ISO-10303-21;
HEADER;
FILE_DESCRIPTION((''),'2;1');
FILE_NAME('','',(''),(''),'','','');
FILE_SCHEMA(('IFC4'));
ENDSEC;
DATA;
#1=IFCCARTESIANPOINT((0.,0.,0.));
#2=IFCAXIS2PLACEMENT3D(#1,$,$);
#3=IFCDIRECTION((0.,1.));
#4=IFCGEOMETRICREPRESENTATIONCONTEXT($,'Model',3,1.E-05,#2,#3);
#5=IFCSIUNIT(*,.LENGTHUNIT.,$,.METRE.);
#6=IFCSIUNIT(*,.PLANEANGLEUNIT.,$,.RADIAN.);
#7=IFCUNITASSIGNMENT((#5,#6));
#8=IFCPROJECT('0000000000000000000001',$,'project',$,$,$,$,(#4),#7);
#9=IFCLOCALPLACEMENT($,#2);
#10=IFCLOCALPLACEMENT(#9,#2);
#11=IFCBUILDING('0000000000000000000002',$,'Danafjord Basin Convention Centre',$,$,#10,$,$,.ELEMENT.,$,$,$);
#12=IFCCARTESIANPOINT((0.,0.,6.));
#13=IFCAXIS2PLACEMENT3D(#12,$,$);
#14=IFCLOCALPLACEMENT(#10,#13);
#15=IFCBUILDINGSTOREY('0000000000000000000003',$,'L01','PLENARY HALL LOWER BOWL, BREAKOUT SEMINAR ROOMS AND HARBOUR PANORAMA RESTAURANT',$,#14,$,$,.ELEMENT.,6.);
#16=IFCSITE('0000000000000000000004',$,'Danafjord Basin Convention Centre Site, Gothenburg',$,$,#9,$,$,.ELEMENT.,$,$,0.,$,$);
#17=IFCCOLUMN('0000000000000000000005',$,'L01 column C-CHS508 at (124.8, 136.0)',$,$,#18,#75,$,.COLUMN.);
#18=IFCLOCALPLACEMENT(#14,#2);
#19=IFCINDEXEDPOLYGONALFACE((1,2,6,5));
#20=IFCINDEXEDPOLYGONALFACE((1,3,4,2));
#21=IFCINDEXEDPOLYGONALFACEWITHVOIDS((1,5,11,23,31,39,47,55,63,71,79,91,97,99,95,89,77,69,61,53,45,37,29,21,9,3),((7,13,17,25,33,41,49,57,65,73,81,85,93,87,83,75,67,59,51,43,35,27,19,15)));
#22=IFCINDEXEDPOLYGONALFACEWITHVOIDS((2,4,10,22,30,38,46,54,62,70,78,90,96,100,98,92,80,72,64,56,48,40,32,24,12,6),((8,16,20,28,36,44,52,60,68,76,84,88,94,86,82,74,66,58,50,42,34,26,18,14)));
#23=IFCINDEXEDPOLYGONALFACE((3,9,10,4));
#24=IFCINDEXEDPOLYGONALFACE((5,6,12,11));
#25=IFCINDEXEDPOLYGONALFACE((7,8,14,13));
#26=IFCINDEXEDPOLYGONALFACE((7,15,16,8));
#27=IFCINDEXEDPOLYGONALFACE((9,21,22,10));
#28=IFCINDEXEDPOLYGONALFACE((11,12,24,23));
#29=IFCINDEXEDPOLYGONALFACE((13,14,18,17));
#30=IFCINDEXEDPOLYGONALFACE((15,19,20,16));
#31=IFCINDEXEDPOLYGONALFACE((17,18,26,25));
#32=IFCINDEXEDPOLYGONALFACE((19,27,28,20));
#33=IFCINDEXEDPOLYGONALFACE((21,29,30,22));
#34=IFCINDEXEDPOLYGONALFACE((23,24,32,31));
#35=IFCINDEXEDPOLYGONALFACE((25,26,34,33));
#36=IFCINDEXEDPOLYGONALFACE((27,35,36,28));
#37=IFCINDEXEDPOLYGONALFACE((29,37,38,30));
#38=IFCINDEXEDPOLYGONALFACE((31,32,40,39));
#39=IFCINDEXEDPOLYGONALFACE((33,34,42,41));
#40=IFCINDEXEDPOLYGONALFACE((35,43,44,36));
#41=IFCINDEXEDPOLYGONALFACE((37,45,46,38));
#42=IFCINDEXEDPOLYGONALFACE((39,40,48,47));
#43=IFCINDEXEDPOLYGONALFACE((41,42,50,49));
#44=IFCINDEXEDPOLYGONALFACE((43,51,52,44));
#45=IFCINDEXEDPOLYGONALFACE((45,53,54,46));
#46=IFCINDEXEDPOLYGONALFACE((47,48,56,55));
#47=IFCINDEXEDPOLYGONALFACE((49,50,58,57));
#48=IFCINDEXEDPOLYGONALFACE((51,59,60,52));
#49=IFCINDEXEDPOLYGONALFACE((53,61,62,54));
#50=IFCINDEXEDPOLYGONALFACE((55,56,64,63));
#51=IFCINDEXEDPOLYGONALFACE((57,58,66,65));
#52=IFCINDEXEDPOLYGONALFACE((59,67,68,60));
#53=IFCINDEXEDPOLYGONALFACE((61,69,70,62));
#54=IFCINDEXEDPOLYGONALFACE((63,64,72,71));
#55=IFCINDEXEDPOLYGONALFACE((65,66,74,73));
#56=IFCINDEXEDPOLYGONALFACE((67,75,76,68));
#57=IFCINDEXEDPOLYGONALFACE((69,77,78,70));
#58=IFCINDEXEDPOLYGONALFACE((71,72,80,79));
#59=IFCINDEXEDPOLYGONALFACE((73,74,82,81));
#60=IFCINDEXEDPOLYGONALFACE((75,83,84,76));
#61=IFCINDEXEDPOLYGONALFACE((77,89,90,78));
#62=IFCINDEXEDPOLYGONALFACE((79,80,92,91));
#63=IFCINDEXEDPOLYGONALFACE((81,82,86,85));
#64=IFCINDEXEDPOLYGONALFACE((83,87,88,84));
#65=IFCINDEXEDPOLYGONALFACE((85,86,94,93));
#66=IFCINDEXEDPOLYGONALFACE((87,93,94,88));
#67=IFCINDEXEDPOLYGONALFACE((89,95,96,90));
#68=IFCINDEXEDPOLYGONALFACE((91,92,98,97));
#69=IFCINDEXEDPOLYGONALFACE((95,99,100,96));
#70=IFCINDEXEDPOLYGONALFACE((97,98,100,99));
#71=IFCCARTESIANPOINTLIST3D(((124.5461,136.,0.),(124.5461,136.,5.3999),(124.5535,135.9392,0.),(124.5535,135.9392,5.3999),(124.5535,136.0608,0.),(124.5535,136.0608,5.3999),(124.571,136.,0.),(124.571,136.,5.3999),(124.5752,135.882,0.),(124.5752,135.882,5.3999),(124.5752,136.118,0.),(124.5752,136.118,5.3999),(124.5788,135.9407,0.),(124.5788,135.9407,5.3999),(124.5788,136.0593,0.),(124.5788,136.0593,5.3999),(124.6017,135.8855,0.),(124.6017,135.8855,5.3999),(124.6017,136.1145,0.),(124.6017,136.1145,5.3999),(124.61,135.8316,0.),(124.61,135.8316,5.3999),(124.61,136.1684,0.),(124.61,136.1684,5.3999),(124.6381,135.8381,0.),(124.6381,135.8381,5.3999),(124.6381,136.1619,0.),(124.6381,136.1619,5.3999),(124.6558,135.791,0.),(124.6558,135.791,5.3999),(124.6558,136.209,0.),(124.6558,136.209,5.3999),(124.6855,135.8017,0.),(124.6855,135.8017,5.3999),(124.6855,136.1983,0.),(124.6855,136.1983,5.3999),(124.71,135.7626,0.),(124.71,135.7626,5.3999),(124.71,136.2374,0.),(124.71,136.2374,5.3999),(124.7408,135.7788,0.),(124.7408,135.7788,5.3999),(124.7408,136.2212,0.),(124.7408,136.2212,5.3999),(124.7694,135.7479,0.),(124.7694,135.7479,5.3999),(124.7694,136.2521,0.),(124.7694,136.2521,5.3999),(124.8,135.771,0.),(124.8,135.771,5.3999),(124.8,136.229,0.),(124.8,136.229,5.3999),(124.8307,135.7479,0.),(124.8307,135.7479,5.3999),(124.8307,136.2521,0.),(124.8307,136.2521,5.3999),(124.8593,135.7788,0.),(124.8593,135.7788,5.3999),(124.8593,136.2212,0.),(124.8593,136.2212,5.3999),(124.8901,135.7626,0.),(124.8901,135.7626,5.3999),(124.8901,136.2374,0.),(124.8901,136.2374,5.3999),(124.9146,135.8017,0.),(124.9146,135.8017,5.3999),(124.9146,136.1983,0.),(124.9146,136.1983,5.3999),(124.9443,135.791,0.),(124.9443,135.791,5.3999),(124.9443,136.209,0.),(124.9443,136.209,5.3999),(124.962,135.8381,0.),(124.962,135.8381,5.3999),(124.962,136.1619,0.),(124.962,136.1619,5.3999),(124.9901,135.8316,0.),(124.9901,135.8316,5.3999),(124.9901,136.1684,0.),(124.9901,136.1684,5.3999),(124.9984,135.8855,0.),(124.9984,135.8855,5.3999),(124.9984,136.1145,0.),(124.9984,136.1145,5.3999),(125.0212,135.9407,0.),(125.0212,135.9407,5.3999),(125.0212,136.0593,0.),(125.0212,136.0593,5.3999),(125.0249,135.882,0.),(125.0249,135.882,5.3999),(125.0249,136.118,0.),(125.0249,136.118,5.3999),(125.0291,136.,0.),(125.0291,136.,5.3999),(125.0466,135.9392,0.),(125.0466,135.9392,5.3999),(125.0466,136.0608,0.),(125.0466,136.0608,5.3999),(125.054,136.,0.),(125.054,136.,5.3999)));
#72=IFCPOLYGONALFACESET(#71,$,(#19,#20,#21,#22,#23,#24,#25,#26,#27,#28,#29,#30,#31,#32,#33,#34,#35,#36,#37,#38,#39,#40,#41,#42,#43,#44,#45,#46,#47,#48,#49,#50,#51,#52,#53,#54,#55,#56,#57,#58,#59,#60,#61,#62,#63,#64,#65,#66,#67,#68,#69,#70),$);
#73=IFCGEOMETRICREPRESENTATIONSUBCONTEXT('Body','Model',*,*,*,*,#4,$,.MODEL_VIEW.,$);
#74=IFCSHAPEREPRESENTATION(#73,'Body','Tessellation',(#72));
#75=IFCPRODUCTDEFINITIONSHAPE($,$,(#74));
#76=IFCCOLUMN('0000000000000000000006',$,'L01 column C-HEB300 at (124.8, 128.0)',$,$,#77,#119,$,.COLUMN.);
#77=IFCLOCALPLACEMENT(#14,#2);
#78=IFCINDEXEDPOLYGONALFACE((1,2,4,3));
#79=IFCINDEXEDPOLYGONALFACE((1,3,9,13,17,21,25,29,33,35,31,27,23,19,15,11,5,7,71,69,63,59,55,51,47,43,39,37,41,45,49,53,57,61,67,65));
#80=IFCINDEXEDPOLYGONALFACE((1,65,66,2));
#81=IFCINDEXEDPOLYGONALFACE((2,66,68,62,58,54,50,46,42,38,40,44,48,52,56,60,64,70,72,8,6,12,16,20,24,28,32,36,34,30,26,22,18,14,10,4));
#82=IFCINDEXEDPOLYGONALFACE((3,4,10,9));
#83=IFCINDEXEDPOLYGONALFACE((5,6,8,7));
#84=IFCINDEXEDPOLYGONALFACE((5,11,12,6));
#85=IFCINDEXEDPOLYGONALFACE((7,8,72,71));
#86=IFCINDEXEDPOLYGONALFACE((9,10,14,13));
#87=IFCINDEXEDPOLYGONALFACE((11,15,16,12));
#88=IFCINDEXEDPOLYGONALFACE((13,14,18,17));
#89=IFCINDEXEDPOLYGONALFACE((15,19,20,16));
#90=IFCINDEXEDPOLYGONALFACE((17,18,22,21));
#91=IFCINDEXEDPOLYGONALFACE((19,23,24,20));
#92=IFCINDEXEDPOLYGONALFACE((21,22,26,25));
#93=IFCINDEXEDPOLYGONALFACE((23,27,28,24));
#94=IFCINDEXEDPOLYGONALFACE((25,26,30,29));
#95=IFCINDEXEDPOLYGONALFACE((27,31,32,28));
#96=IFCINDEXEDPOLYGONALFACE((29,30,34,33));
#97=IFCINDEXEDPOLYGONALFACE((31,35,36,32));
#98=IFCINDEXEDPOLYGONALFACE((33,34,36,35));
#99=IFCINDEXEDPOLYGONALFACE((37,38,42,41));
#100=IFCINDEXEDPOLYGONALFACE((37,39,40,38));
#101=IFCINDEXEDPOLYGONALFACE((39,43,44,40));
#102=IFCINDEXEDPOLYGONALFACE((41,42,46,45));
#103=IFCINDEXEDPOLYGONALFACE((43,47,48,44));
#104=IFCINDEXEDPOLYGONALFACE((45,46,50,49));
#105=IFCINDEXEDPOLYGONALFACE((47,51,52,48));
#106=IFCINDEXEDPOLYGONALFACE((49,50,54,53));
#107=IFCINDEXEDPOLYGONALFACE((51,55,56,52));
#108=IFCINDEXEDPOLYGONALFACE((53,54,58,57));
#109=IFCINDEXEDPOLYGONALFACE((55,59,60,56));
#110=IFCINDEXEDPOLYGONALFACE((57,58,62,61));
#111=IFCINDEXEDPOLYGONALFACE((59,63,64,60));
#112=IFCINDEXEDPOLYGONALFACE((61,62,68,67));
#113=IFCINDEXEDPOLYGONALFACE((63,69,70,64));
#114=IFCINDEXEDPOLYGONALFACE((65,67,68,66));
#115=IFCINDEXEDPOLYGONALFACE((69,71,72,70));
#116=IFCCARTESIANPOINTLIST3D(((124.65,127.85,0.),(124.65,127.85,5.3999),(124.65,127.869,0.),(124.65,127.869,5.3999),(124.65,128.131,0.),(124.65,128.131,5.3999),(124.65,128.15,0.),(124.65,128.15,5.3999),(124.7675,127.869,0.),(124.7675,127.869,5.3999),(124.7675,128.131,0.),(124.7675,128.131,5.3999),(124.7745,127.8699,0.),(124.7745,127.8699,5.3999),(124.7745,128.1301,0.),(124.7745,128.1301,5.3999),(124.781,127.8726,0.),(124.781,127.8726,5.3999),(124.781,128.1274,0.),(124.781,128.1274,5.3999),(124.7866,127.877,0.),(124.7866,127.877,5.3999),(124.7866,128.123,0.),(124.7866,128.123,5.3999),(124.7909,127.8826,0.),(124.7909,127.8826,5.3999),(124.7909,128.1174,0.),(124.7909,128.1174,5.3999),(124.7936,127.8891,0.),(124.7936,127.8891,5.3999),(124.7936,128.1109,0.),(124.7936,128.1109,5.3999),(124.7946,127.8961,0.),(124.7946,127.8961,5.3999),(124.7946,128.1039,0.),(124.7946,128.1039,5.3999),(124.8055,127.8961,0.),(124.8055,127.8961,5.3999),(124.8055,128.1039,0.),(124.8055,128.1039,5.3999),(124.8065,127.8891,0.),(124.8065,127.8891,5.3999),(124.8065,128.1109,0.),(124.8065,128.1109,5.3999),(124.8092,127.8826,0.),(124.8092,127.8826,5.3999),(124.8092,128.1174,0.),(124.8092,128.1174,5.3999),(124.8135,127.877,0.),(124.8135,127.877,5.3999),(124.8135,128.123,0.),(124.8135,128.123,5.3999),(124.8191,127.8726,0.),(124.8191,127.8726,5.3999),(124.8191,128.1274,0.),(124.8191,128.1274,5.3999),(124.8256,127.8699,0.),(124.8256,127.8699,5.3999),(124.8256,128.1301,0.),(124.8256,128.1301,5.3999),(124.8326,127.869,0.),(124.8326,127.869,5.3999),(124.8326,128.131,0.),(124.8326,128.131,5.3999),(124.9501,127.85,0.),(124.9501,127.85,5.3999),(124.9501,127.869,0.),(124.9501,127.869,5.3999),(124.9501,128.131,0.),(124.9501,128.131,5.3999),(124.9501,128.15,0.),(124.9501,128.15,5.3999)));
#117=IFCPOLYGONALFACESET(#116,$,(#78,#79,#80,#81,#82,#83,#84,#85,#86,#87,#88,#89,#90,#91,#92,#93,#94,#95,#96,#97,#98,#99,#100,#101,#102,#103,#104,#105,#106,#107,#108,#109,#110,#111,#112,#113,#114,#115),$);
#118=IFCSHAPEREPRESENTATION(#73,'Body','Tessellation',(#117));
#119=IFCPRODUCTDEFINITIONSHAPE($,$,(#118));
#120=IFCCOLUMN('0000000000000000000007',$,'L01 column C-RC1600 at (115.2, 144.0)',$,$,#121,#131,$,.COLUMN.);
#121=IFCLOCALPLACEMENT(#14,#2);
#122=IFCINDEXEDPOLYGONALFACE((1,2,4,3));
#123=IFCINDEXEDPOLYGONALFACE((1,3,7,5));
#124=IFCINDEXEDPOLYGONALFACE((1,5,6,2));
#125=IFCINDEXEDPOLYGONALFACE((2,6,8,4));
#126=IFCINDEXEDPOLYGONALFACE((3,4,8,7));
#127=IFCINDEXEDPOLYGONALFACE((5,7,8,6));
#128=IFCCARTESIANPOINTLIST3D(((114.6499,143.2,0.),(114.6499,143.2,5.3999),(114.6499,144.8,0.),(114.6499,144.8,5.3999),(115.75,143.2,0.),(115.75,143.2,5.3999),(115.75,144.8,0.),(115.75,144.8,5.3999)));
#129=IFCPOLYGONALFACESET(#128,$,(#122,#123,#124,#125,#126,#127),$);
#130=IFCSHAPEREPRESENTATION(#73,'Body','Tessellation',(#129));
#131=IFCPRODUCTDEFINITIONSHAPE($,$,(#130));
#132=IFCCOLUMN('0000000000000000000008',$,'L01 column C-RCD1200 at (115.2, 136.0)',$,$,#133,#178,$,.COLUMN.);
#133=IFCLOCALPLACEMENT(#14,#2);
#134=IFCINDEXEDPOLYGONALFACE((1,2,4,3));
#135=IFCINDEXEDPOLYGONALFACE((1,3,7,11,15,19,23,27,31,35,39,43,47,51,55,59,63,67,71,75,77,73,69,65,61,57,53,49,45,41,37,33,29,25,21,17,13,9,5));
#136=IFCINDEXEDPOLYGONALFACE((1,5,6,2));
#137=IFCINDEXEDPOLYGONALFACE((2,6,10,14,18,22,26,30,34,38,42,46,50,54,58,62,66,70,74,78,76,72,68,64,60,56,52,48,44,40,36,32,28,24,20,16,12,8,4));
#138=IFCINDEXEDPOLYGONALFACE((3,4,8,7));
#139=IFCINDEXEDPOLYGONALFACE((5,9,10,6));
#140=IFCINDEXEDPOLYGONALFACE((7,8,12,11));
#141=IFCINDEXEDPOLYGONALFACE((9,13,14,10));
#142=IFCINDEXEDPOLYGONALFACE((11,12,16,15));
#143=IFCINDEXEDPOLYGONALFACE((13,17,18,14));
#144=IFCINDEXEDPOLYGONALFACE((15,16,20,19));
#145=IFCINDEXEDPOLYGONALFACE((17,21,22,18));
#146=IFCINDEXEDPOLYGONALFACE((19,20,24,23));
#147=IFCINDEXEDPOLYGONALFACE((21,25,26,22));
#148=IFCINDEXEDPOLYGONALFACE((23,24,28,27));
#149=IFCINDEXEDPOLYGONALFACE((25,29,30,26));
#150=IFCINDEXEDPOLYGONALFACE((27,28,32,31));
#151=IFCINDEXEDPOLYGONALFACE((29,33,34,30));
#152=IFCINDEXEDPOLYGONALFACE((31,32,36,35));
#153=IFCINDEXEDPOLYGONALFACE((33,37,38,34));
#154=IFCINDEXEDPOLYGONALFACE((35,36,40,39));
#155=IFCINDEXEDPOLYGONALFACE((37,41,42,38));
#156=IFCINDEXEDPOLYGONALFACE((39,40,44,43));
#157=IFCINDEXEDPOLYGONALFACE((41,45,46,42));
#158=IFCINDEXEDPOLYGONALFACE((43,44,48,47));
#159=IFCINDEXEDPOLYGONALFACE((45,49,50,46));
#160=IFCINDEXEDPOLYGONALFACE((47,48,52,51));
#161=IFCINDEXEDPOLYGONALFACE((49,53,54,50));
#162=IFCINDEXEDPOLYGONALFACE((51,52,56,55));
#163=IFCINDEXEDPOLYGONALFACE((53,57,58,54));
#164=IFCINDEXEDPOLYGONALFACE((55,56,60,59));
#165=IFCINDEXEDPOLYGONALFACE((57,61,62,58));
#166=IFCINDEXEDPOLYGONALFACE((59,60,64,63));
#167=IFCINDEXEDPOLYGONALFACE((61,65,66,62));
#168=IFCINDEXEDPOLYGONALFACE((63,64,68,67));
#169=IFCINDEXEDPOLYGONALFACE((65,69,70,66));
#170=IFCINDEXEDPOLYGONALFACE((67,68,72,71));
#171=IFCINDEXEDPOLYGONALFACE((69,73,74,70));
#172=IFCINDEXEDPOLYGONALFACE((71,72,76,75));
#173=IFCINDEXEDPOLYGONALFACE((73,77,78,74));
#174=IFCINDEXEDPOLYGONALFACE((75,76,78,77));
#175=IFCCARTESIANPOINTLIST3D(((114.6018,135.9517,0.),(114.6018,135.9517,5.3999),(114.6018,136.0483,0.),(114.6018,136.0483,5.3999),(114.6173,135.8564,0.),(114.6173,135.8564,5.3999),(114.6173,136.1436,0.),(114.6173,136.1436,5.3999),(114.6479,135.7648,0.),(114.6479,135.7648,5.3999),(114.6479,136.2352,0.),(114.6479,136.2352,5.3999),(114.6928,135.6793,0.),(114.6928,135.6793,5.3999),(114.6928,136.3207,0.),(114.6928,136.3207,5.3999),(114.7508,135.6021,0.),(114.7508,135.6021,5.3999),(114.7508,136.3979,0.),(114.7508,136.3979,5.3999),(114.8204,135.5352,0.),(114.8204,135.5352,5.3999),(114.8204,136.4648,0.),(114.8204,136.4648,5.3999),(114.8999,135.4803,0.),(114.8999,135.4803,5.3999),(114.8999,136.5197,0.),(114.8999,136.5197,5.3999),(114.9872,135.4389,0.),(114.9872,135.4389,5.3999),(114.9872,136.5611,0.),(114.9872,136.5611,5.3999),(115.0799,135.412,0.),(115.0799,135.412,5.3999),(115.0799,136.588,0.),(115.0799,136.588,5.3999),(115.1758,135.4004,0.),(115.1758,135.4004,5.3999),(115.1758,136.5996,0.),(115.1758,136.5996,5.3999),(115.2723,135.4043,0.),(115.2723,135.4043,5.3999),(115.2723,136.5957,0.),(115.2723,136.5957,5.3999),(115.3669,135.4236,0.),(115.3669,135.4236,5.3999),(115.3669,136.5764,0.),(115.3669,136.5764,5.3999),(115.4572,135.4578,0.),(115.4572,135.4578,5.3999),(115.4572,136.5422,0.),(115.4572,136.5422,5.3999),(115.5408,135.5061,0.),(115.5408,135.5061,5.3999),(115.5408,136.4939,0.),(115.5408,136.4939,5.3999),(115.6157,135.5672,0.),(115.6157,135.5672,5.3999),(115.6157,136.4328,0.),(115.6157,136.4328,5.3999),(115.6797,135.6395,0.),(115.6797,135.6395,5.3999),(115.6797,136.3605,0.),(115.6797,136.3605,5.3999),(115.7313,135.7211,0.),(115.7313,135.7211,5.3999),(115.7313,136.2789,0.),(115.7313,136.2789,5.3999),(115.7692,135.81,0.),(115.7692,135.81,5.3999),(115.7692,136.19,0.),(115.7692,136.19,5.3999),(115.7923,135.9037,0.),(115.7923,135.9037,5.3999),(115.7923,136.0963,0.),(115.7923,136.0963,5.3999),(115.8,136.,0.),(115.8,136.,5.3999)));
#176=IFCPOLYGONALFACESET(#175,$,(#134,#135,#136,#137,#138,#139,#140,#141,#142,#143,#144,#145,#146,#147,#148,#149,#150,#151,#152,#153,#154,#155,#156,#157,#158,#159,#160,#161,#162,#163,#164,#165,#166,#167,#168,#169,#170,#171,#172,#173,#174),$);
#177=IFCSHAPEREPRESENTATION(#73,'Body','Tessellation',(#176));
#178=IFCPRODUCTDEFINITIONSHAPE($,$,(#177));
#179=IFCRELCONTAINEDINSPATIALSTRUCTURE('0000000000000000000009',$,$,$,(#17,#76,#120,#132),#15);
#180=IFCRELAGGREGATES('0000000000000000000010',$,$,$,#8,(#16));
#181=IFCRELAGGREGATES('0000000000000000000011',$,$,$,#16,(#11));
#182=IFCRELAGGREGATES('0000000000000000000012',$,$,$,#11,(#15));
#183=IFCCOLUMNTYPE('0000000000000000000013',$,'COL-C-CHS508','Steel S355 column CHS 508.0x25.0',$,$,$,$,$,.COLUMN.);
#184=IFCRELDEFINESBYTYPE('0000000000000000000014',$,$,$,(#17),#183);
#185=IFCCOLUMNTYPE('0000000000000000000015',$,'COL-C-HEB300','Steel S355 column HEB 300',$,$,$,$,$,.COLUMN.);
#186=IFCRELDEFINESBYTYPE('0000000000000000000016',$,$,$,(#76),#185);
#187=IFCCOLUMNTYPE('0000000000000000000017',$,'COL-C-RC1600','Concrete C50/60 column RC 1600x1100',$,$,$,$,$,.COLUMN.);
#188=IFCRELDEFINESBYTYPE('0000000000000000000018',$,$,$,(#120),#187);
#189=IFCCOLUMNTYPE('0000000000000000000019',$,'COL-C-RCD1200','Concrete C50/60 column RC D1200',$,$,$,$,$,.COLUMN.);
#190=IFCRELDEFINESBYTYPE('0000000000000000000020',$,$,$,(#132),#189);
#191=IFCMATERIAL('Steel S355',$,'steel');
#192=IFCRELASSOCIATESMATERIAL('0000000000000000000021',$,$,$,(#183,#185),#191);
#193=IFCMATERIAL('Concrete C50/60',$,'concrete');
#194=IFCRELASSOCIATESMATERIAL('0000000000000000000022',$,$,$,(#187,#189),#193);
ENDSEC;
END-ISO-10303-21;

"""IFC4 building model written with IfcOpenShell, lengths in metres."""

from ifc_helpers import new_model, si_unit, direction, frame, origin, origin_2d, place, context, subcontext, project, spatial, rectangle, circle, hollow_circle, i_section, extrude, material, material_profile, profile_set, type_object, element, save


model = new_model("IFC4")

# Units and contexts
model_context = context("Model", 3, precision=1e-05, world=origin(), true_north=direction((0.0, 1.0)))
body_context = subcontext(model_context, "Body", "Model", "MODEL_VIEW")
ifc_project = project(units=[si_unit("LENGTHUNIT", "METRE"), si_unit("PLANEANGLEUNIT", "RADIAN")], contexts=[model_context])

# Site, building, storey
site_placement = place(None, origin())
site = spatial("IfcSite", under=ifc_project, at=site_placement, Name="Danafjord Basin Convention Centre Site, Gothenburg", CompositionType="ELEMENT", RefElevation=0.0)
building_placement = place(site_placement, origin())
building = spatial("IfcBuilding", under=site, at=building_placement, Name="Danafjord Basin Convention Centre", CompositionType="ELEMENT")
storey_placement = place(building_placement, frame((0.0, 0.0, 6.0)))
storey = spatial("IfcBuildingStorey", under=building, at=storey_placement, Name="L01", Description="PLENARY HALL LOWER BOWL, BREAKOUT SEMINAR ROOMS AND HARBOUR PANORAMA RESTAURANT", CompositionType="ELEMENT", Elevation=6.0)

# Columns
ifc_material_1 = material(Name="Steel S355", Category="steel")
ifc_material_profile_1 = material_profile(ifc_material_1, hollow_circle(Radius=0.2539, WallThickness=0.0249, at=origin_2d()), Name="CHS 508.0x25.0")
ifc_profile_set_1 = profile_set([ifc_material_profile_1], Name="Steel S355")
column_type_1 = type_object("IfcColumnType", Name="COL-C-CHS508", Description="Steel S355 column CHS 508.0x25.0", PredefinedType="COLUMN", material=ifc_profile_set_1)
column_1_placement = place(storey_placement, frame((124.8, 136.0, 0.0), z_axis=(0.0, 0.0, 1.0), x_axis=(1.0, 0.0, 0.0)))
element("IfcColumn", 1, at=column_1_placement, inside=storey, type_object=column_type_1, Name="L01 column C-CHS508 at (124.8, 136.0)", PredefinedType="COLUMN", context=body_context, shape_type="SweptSolid", body=[
    extrude(hollow_circle(Radius=0.2539, WallThickness=0.0249, at=origin_2d()), origin(), (0.0, 0.0, 1.0), 5.3999),
])
ifc_material_profile_2 = material_profile(ifc_material_1, i_section(OverallWidth=0.3, OverallDepth=0.3, WebThickness=0.011, FlangeThickness=0.019, FilletRadius=0.0271, at=origin_2d()), Name="HEB 300")
ifc_profile_set_2 = profile_set([ifc_material_profile_2], Name="Steel S355")
column_type_2 = type_object("IfcColumnType", Name="COL-C-HEB300", Description="Steel S355 column HEB 300", PredefinedType="COLUMN", material=ifc_profile_set_2)
column_2_placement = place(storey_placement, frame((124.8, 128.0, 0.0), z_axis=(0.0, 0.0, 1.0), x_axis=(1.0, 0.0, 0.0)))
element("IfcColumn", 2, at=column_2_placement, inside=storey, type_object=column_type_2, Name="L01 column C-HEB300 at (124.8, 128.0)", PredefinedType="COLUMN", context=body_context, shape_type="SweptSolid", body=[
    extrude(i_section(OverallWidth=0.3, OverallDepth=0.3, WebThickness=0.011, FlangeThickness=0.019, FilletRadius=0.0271, at=origin_2d()), origin(), (0.0, 0.0, 1.0), 5.3999),
])
ifc_material_2 = material(Name="Concrete C50/60", Category="concrete")
ifc_material_profile_3 = material_profile(ifc_material_2, rectangle(XDim=1.1001, YDim=1.6001, at=origin_2d()), Name="RC 1600x1100")
ifc_profile_set_3 = profile_set([ifc_material_profile_3], Name="Concrete C50/60")
column_type_3 = type_object("IfcColumnType", Name="COL-C-RC1600", Description="Concrete C50/60 column RC 1600x1100", PredefinedType="COLUMN", material=ifc_profile_set_3)
column_3_placement = place(storey_placement, frame((115.2, 144.0, 0.0), z_axis=(0.0, 0.0, 1.0), x_axis=(1.0, 0.0, 0.0)))
element("IfcColumn", 3, at=column_3_placement, inside=storey, type_object=column_type_3, Name="L01 column C-RC1600 at (115.2, 144.0)", PredefinedType="COLUMN", context=body_context, shape_type="SweptSolid", body=[
    extrude(rectangle(XDim=1.1001, YDim=1.6001, at=origin_2d()), origin(), (0.0, 0.0, 1.0), 5.3999),
])
ifc_material_profile_4 = material_profile(ifc_material_2, circle(Radius=0.6001, at=origin_2d()), Name="RC D1200")
ifc_profile_set_4 = profile_set([ifc_material_profile_4], Name="Concrete C50/60")
column_type_4 = type_object("IfcColumnType", Name="COL-C-RCD1200", Description="Concrete C50/60 column RC D1200", PredefinedType="COLUMN", material=ifc_profile_set_4)
column_4_placement = place(storey_placement, frame((115.2, 136.0, 0.0), z_axis=(0.0, 0.0, 1.0), x_axis=(1.0, 0.0, 0.0)))
element("IfcColumn", 4, at=column_4_placement, inside=storey, type_object=column_type_4, Name="L01 column C-RCD1200 at (115.2, 136.0)", PredefinedType="COLUMN", context=body_context, shape_type="SweptSolid", body=[
    extrude(circle(Radius=0.6001, at=origin_2d()), origin(), (0.0, 0.0, 1.0), 5.3999),
])

save(model, "model.ifc")
